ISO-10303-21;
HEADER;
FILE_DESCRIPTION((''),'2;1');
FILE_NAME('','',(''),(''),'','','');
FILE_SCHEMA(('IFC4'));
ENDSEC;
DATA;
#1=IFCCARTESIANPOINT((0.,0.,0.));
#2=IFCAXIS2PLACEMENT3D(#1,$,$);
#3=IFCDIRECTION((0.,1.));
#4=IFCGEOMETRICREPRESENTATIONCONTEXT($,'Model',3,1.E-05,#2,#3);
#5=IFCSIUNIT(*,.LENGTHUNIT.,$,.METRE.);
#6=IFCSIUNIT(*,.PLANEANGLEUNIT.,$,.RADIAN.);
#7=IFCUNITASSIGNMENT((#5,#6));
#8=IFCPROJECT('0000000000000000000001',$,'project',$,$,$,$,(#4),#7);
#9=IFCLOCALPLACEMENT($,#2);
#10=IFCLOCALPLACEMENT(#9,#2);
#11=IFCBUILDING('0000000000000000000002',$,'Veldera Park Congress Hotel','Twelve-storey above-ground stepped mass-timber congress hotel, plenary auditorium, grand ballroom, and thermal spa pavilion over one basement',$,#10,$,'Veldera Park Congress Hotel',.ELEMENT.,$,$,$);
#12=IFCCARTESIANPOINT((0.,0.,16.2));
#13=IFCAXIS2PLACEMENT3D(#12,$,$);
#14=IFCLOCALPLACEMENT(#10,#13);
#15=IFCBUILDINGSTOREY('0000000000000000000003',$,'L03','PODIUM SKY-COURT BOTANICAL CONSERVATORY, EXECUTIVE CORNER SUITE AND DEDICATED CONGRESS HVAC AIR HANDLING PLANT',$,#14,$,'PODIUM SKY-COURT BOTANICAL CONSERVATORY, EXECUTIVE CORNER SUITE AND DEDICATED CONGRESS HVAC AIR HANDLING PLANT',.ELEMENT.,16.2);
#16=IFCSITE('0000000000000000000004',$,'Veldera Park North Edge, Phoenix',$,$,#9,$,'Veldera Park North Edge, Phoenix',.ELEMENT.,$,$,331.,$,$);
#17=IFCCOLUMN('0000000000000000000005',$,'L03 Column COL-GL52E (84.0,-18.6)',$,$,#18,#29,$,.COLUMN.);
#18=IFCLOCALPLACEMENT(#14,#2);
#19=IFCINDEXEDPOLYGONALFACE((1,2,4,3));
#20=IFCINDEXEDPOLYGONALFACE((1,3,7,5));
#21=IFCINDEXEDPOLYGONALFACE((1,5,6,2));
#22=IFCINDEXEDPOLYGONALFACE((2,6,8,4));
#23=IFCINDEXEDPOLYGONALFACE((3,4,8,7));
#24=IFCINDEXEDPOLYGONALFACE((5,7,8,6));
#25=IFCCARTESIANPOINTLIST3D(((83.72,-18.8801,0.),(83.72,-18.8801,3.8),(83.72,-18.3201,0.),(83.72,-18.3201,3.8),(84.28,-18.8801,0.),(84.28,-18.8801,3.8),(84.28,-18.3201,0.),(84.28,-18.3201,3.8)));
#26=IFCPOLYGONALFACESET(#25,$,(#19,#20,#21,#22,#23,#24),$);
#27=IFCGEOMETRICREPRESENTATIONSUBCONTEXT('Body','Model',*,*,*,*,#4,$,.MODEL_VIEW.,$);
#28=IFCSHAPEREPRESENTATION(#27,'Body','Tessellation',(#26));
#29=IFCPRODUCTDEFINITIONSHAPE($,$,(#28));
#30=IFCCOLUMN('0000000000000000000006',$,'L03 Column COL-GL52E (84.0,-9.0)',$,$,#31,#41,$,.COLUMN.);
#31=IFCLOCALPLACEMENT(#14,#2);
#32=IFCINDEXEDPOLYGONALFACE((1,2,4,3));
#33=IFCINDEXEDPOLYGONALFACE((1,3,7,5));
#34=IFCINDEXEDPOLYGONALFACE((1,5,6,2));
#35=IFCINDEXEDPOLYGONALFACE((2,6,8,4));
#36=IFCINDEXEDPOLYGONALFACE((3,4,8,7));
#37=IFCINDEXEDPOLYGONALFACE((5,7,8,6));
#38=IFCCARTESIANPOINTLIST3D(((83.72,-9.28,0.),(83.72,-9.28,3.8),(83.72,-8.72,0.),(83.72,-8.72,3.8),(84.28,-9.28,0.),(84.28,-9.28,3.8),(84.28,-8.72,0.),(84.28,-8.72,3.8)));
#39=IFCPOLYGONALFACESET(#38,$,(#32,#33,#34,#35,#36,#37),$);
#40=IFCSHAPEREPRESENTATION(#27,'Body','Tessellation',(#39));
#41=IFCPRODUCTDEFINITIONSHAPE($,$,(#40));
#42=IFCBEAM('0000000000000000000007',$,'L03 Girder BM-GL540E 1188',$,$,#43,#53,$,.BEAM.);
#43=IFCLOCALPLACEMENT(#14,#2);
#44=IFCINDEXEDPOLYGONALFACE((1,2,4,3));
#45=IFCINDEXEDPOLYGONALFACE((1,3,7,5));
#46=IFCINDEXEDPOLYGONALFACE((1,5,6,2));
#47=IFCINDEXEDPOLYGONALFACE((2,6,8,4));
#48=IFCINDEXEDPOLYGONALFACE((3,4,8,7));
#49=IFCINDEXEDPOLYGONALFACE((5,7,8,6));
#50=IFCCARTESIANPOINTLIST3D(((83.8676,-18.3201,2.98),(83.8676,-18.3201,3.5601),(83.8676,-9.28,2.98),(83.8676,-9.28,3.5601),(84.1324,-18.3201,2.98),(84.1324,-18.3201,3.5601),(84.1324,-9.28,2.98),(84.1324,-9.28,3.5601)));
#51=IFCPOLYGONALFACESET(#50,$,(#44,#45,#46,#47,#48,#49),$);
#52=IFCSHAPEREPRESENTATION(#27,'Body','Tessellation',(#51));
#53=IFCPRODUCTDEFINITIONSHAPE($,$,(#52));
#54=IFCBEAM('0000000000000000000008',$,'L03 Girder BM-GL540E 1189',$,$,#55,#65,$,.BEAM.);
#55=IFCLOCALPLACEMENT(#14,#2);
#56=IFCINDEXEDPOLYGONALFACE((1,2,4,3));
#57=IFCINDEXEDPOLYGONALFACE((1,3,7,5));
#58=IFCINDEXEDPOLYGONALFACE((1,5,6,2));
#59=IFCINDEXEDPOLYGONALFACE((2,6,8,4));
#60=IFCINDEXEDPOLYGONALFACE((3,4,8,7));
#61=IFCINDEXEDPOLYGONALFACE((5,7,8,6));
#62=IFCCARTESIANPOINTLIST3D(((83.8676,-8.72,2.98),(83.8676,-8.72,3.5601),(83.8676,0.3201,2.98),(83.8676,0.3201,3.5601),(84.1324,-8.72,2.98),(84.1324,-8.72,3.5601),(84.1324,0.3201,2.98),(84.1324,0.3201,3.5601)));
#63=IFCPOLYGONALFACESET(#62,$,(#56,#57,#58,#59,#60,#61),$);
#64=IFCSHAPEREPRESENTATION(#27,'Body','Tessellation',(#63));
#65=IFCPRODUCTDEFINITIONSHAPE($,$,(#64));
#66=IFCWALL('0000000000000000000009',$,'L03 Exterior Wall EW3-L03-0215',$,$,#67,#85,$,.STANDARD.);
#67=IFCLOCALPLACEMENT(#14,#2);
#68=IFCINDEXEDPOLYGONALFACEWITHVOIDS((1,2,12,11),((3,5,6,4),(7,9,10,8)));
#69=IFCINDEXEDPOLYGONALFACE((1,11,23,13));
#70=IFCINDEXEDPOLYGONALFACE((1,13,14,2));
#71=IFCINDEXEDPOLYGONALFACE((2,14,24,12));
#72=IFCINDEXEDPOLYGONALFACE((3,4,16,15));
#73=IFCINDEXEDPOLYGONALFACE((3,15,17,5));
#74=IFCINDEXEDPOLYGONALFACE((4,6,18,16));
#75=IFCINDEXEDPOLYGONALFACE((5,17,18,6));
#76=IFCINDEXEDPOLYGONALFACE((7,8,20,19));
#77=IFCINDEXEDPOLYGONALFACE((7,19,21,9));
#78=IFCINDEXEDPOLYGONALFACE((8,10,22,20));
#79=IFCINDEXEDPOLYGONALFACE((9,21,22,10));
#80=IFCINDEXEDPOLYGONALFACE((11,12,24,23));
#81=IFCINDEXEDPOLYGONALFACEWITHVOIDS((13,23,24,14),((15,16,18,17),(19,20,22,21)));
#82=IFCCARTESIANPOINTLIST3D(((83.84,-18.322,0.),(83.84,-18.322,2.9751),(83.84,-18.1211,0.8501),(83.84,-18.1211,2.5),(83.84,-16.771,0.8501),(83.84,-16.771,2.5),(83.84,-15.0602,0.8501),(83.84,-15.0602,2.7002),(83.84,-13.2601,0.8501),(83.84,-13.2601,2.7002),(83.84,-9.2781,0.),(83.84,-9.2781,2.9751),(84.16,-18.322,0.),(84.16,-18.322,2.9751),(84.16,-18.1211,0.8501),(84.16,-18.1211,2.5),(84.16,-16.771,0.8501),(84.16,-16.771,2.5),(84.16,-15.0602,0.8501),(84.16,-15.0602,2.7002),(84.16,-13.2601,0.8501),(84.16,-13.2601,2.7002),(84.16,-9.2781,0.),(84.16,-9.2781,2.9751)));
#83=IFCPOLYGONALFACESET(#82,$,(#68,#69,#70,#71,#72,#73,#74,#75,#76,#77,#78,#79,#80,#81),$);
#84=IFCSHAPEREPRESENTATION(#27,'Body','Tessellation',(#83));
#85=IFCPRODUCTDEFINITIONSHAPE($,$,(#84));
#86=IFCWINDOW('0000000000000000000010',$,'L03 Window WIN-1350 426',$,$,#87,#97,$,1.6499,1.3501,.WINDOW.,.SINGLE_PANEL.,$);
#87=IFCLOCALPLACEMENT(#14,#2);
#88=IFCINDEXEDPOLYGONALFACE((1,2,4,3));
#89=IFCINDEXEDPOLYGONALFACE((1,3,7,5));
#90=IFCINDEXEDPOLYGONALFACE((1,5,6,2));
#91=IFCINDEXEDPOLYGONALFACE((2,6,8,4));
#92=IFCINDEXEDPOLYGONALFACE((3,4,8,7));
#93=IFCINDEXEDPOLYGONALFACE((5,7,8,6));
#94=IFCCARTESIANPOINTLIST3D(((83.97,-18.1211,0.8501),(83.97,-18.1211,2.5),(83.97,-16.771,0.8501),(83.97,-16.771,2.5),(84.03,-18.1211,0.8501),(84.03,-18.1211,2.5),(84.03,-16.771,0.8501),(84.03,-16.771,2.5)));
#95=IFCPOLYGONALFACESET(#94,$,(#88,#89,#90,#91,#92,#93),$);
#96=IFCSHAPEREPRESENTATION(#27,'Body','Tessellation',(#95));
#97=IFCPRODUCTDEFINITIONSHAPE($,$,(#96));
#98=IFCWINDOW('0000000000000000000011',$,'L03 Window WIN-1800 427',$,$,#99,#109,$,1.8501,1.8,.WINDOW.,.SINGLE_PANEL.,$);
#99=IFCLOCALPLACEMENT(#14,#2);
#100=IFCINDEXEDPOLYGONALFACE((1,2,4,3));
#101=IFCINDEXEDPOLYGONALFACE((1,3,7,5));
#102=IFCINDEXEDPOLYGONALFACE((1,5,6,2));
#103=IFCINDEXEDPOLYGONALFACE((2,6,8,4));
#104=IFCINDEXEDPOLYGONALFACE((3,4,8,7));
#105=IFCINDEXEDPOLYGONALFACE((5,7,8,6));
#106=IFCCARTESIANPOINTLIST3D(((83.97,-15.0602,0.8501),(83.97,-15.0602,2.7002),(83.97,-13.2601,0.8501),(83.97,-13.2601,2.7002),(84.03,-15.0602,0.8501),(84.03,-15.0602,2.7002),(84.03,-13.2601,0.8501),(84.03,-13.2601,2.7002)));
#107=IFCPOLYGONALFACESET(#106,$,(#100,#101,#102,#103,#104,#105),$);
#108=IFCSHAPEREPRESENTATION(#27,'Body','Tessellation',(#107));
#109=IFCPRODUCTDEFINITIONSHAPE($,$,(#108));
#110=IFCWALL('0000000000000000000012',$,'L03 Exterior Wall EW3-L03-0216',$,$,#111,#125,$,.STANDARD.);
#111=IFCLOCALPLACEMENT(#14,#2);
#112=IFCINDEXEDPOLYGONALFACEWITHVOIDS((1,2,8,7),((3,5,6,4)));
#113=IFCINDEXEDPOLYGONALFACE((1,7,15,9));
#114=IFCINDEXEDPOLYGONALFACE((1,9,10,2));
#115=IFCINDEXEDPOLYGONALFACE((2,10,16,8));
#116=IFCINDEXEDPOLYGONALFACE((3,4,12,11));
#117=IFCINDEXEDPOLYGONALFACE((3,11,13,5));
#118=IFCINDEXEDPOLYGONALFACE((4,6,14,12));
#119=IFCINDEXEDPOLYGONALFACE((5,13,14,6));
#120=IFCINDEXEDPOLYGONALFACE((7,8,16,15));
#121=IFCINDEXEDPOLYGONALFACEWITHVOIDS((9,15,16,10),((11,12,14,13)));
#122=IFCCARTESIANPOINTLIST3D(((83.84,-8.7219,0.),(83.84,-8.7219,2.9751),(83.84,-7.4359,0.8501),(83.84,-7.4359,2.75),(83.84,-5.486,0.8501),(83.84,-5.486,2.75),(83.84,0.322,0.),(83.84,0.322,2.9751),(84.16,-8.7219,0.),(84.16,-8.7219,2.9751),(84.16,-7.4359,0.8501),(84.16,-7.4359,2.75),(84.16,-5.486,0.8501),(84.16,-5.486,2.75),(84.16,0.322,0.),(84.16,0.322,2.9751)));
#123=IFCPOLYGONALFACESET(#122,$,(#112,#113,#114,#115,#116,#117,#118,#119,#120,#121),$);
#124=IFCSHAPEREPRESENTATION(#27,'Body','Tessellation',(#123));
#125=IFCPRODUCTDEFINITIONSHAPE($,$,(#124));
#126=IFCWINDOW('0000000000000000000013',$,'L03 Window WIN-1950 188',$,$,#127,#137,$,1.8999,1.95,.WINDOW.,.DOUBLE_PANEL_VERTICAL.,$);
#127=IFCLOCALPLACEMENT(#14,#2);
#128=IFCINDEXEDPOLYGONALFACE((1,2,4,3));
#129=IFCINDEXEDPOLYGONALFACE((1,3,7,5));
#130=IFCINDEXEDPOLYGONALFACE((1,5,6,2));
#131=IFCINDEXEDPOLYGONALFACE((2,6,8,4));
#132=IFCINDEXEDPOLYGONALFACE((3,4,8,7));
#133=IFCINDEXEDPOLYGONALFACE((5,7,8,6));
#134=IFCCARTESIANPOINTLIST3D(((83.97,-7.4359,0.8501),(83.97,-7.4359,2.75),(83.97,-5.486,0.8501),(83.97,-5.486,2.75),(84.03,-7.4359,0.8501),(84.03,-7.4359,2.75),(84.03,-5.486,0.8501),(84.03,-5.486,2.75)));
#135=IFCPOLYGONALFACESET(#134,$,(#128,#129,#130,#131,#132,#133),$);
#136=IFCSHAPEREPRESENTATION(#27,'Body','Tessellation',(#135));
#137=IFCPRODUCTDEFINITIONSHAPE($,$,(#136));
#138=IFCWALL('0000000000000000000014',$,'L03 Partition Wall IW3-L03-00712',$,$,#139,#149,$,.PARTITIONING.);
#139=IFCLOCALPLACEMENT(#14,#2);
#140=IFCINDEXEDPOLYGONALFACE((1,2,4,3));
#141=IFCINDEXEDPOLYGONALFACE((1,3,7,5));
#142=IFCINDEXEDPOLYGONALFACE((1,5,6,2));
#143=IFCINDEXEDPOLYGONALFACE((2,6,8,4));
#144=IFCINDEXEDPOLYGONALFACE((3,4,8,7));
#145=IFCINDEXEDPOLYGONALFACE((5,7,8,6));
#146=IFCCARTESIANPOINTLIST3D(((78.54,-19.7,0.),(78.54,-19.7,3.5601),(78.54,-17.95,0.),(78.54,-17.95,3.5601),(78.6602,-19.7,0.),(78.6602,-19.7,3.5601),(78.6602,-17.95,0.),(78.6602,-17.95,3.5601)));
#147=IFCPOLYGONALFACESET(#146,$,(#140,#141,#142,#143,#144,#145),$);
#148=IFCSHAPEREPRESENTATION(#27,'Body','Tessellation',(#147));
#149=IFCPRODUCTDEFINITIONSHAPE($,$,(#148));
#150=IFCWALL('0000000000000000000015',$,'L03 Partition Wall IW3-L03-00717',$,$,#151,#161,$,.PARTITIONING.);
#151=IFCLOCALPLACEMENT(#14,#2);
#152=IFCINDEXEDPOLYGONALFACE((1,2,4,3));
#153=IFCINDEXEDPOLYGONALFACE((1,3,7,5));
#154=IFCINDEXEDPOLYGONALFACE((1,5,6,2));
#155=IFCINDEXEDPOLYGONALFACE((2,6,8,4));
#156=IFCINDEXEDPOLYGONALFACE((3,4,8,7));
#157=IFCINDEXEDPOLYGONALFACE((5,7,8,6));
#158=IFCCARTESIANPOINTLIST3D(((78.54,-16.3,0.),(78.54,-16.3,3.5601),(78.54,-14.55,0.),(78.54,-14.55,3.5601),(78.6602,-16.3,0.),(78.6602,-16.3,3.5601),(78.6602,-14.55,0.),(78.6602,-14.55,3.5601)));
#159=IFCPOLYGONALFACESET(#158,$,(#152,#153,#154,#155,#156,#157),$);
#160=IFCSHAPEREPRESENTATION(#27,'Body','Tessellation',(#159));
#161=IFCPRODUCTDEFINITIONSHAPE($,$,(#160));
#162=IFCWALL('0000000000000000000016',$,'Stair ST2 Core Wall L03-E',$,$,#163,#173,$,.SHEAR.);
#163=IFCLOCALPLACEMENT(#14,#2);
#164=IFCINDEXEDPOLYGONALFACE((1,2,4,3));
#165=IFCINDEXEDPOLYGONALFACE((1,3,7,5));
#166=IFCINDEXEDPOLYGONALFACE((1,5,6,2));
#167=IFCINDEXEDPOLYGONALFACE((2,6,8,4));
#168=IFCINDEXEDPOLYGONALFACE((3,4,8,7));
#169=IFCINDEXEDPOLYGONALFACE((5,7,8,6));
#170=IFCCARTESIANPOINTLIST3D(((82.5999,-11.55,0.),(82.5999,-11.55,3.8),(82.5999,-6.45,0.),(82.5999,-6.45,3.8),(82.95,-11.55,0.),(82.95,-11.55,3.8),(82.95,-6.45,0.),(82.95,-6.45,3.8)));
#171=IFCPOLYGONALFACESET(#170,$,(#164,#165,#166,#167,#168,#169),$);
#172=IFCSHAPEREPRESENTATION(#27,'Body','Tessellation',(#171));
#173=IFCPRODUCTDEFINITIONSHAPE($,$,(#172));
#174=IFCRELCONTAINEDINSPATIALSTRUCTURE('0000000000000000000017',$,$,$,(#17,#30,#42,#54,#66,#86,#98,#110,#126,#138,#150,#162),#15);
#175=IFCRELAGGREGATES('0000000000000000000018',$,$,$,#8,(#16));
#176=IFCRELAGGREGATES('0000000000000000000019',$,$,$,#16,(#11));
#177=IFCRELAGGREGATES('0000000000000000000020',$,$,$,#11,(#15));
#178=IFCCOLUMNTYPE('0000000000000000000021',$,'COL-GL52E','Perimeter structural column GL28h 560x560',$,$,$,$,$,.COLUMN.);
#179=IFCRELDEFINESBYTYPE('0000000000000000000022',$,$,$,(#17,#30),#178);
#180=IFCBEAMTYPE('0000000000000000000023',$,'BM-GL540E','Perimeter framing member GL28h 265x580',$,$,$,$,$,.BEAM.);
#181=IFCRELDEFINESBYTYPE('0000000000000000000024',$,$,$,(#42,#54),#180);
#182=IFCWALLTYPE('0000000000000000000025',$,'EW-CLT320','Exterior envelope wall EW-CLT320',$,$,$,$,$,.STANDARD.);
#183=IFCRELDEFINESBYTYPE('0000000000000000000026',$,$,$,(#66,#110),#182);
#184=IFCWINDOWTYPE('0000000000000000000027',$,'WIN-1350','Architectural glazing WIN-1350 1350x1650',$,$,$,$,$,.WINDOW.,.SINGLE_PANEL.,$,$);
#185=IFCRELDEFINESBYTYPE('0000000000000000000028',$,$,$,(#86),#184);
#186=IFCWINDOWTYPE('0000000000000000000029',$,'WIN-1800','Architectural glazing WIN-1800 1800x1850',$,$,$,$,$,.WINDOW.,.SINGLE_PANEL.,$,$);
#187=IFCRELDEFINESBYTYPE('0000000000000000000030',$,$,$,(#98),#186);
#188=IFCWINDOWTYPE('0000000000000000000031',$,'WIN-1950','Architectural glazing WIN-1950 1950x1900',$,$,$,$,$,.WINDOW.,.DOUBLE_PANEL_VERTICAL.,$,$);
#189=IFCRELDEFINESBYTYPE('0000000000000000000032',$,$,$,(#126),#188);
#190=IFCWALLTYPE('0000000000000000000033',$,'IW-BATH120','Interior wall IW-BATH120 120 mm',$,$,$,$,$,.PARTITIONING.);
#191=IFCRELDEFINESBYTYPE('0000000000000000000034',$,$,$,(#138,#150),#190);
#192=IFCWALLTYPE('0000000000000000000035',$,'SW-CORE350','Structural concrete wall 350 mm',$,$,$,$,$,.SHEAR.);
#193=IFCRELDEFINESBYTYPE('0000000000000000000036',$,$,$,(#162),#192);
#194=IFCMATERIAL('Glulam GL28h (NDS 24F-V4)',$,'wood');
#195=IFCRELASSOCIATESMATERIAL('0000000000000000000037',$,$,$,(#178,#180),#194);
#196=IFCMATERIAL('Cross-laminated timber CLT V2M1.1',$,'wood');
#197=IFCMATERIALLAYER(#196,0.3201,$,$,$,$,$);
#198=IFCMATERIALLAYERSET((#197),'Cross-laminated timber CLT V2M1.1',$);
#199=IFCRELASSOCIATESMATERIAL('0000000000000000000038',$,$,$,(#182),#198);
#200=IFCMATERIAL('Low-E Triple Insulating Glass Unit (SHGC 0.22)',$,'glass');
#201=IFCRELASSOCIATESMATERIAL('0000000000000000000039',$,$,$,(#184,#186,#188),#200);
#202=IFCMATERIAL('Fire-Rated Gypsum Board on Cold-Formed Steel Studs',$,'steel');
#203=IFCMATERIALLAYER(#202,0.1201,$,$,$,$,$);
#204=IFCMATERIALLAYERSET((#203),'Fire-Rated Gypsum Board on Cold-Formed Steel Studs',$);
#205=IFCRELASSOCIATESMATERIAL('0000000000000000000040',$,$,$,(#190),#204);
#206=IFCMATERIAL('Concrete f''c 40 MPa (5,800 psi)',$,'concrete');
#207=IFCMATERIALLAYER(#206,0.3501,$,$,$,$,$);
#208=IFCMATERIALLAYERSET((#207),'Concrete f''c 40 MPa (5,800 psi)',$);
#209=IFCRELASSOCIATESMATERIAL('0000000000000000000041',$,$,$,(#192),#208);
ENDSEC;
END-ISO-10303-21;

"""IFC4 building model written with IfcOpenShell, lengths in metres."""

from ifc_helpers import new_model, si_unit, direction, frame, frame_2d, origin, origin_2d, place, context, subcontext, project, spatial, rectangle, extrude, material, layer, layer_set, material_profile, profile_set, type_object, element, fill, save


model = new_model("IFC4")

# Units and contexts
model_context = context("Model", 3, precision=1e-05, world=origin(), true_north=direction((0.0, 1.0)))
body_context = subcontext(model_context, "Body", "Model", "MODEL_VIEW")
ifc_project = project(units=[si_unit("LENGTHUNIT", "METRE"), si_unit("PLANEANGLEUNIT", "RADIAN")], contexts=[model_context])

# Site, building, storey
site_placement = place(None, origin())
site = spatial("IfcSite", under=ifc_project, at=site_placement, Name="Veldera Park North Edge, Phoenix", LongName="Veldera Park North Edge, Phoenix", CompositionType="ELEMENT", RefElevation=331.0)
building_placement = place(site_placement, origin())
building = spatial("IfcBuilding", under=site, at=building_placement, Name="Veldera Park Congress Hotel", Description="Twelve-storey above-ground stepped mass-timber congress hotel, plenary auditorium, grand ballroom, and thermal spa pavilion over one basement", LongName="Veldera Park Congress Hotel", CompositionType="ELEMENT")
storey_placement = place(building_placement, frame((0.0, 0.0, 16.2)))
storey = spatial("IfcBuildingStorey", under=building, at=storey_placement, Name="L03", Description="PODIUM SKY-COURT BOTANICAL CONSERVATORY, EXECUTIVE CORNER SUITE AND DEDICATED CONGRESS HVAC AIR HANDLING PLANT", LongName="PODIUM SKY-COURT BOTANICAL CONSERVATORY, EXECUTIVE CORNER SUITE AND DEDICATED CONGRESS HVAC AIR HANDLING PLANT", CompositionType="ELEMENT", Elevation=16.2)

# Columns
ifc_material_1 = material(Name="Glulam GL28h (NDS 24F-V4)", Category="wood")
ifc_material_profile_1 = material_profile(ifc_material_1, rectangle(XDim=0.5601, YDim=0.5601, at=origin_2d()), Name="GL28h 560x560")
ifc_profile_set_1 = profile_set([ifc_material_profile_1], Name="Glulam GL28h (NDS 24F-V4)")
column_type = type_object("IfcColumnType", Name="COL-GL52E", Description="Perimeter structural column GL28h 560x560", PredefinedType="COLUMN", material=ifc_profile_set_1)
for number, where, z_axis, x_axis, name in (
    (1, (84.0, -18.6001, 0.0), (0.0, 0.0, 1.0), (1.0, 0.0, 0.0), "L03 Column COL-GL52E (84.0,-18.6)"),
    (2, (84.0, -9.0, 0.0), (0.0, 0.0, 1.0), (1.0, 0.0, 0.0), "L03 Column COL-GL52E (84.0,-9.0)"),
):
    element("IfcColumn", number, at=place(storey_placement, frame(where, z_axis=z_axis, x_axis=x_axis)), inside=storey, type_object=column_type, Name=name, PredefinedType="COLUMN", context=body_context, shape_type="SweptSolid", body=[
        extrude(rectangle(XDim=0.5601, YDim=0.5601, at=origin_2d()), origin(), (0.0, 0.0, 1.0), 3.8),
    ])

# Beams
ifc_material_profile_2 = material_profile(ifc_material_1, rectangle(XDim=0.2649, YDim=0.5801, at=origin_2d()), Name="GL28h 265x580")
ifc_profile_set_2 = profile_set([ifc_material_profile_2], Name="Glulam GL28h (NDS 24F-V4)")
beam_type = type_object("IfcBeamType", Name="BM-GL540E", Description="Perimeter framing member GL28h 265x580", PredefinedType="BEAM", material=ifc_profile_set_2)
for number, where, z_axis, x_axis, name in (
    (3, (84.0, -18.3201, 3.27), (0.0, 1.0, 0.0), (-1.0, 0.0, 0.0), "L03 Girder BM-GL540E 1188"),
    (4, (84.0, -8.72, 3.27), (0.0, 1.0, 0.0), (-1.0, 0.0, 0.0), "L03 Girder BM-GL540E 1189"),
):
    element("IfcBeam", number, at=place(storey_placement, frame(where, z_axis=z_axis, x_axis=x_axis)), inside=storey, type_object=beam_type, Name=name, PredefinedType="BEAM", context=body_context, shape_type="SweptSolid", body=[
        extrude(rectangle(XDim=0.2649, YDim=0.5801, at=origin_2d()), origin(), (0.0, 0.0, 1.0), 9.04),
    ])

# Wall, openings, windows
ifc_material_2 = material(Name="Cross-laminated timber CLT V2M1.1", Category="wood")
ifc_layer_1 = layer(ifc_material_2, 0.3201)
ifc_layer_set_1 = layer_set([ifc_layer_1], Name="Cross-laminated timber CLT V2M1.1")
wall_type_1 = type_object("IfcWallType", Name="EW-CLT320", Description="Exterior envelope wall EW-CLT320", PredefinedType="STANDARD", material=ifc_layer_set_1)
wall_1_placement = place(storey_placement, frame((84.0, -18.322, 0.0), z_axis=(0.0, 0.0, 1.0), x_axis=(0.0, 1.0, 0.0)))
wall_1 = element("IfcWall", 5, at=wall_1_placement, inside=storey, type_object=wall_type_1, Name="L03 Exterior Wall EW3-L03-0215", PredefinedType="STANDARD", context=body_context, shape_type="SweptSolid", body=[
    extrude(rectangle(XDim=9.0439, YDim=0.3201, at=frame_2d((4.522, 0.0))), origin(), (0.0, 0.0, 1.0), 2.9751),
])
opening_1_placement = place(wall_1_placement, frame((0.2009, 0.0, 0.8501)))
opening_1 = element("IfcOpeningElement", 6, at=opening_1_placement, cuts=wall_1, PredefinedType="OPENING", context=body_context, shape_type="SweptSolid", body=[
    extrude(rectangle(XDim=1.3501, YDim=1.6499, at=frame_2d((0.675, 0.825))), frame((0.0, 0.1721, 0.0), z_axis=(0.0, -1.0, 0.0), x_axis=(1.0, 0.0, 0.0)), (0.0, 0.0, 1.0), 0.344),
])
opening_2_placement = place(wall_1_placement, frame((3.262, 0.0, 0.8501)))
opening_2 = element("IfcOpeningElement", 7, at=opening_2_placement, cuts=wall_1, PredefinedType="OPENING", context=body_context, shape_type="SweptSolid", body=[
    extrude(rectangle(XDim=1.8, YDim=1.8501, at=frame_2d((0.8999, 0.925))), frame((0.0, 0.1721, 0.0), z_axis=(0.0, -1.0, 0.0), x_axis=(1.0, 0.0, 0.0)), (0.0, 0.0, 1.0), 0.344),
])
ifc_material_3 = material(Name="Low-E Triple Insulating Glass Unit (SHGC 0.22)", Category="glass")
window_type_1 = type_object("IfcWindowType", Name="WIN-1350", Description="Architectural glazing WIN-1350 1350x1650", PartitioningType="SINGLE_PANEL", PredefinedType="WINDOW", material=ifc_material_3)
window_1_placement = place(opening_1_placement, origin())
window_1 = element("IfcWindow", 8, at=window_1_placement, inside=storey, type_object=window_type_1, Name="L03 Window WIN-1350 426", OverallHeight=1.6499, OverallWidth=1.3501, PartitioningType="SINGLE_PANEL", PredefinedType="WINDOW", context=body_context, shape_type="SweptSolid", body=[
    extrude(rectangle(XDim=1.3501, YDim=1.6499, at=frame_2d((0.675, 0.825))), frame((0.0, 0.03, 0.0), z_axis=(0.0, -1.0, 0.0), x_axis=(1.0, 0.0, 0.0)), (0.0, 0.0, 1.0), 0.0601),
])
fill(opening_1, window_1)
window_type_2 = type_object("IfcWindowType", Name="WIN-1800", Description="Architectural glazing WIN-1800 1800x1850", PartitioningType="SINGLE_PANEL", PredefinedType="WINDOW", material=ifc_material_3)
window_2_placement = place(opening_2_placement, origin())
window_2 = element("IfcWindow", 9, at=window_2_placement, inside=storey, type_object=window_type_2, Name="L03 Window WIN-1800 427", OverallHeight=1.8501, OverallWidth=1.8, PartitioningType="SINGLE_PANEL", PredefinedType="WINDOW", context=body_context, shape_type="SweptSolid", body=[
    extrude(rectangle(XDim=1.8, YDim=1.8501, at=frame_2d((0.8999, 0.925))), frame((0.0, 0.03, 0.0), z_axis=(0.0, -1.0, 0.0), x_axis=(1.0, 0.0, 0.0)), (0.0, 0.0, 1.0), 0.0601),
])
fill(opening_2, window_2)

# Wall, opening, window
wall_2_placement = place(storey_placement, frame((84.0, -8.7219, 0.0), z_axis=(0.0, 0.0, 1.0), x_axis=(0.0, 1.0, 0.0)))
wall_2 = element("IfcWall", 10, at=wall_2_placement, inside=storey, type_object=wall_type_1, Name="L03 Exterior Wall EW3-L03-0216", PredefinedType="STANDARD", context=body_context, shape_type="SweptSolid", body=[
    extrude(rectangle(XDim=9.0439, YDim=0.3201, at=frame_2d((4.522, 0.0))), origin(), (0.0, 0.0, 1.0), 2.9751),
])
opening_3_placement = place(wall_2_placement, frame((1.2859, 0.0, 0.8501)))
opening_3 = element("IfcOpeningElement", 11, at=opening_3_placement, cuts=wall_2, PredefinedType="OPENING", context=body_context, shape_type="SweptSolid", body=[
    extrude(rectangle(XDim=1.95, YDim=1.8999, at=frame_2d((0.9751, 0.95))), frame((0.0, 0.1721, 0.0), z_axis=(0.0, -1.0, 0.0), x_axis=(1.0, 0.0, 0.0)), (0.0, 0.0, 1.0), 0.344),
])
window_type_3 = type_object("IfcWindowType", Name="WIN-1950", Description="Architectural glazing WIN-1950 1950x1900", PartitioningType="DOUBLE_PANEL_VERTICAL", PredefinedType="WINDOW", material=ifc_material_3)
window_3_placement = place(opening_3_placement, origin())
window_3 = element("IfcWindow", 12, at=window_3_placement, inside=storey, type_object=window_type_3, Name="L03 Window WIN-1950 188", OverallHeight=1.8999, OverallWidth=1.95, PartitioningType="DOUBLE_PANEL_VERTICAL", PredefinedType="WINDOW", context=body_context, shape_type="SweptSolid", body=[
    extrude(rectangle(XDim=1.95, YDim=1.8999, at=frame_2d((0.9751, 0.95))), frame((0.0, 0.03, 0.0), z_axis=(0.0, -1.0, 0.0), x_axis=(1.0, 0.0, 0.0)), (0.0, 0.0, 1.0), 0.0601),
])
fill(opening_3, window_3)

# Walls
ifc_material_4 = material(Name="Fire-Rated Gypsum Board on Cold-Formed Steel Studs", Category="steel")
ifc_layer_2 = layer(ifc_material_4, 0.1201)
ifc_layer_set_2 = layer_set([ifc_layer_2], Name="Fire-Rated Gypsum Board on Cold-Formed Steel Studs")
wall_type_2 = type_object("IfcWallType", Name="IW-BATH120", Description="Interior wall IW-BATH120 120 mm", PredefinedType="PARTITIONING", material=ifc_layer_set_2)
for number, where, z_axis, x_axis, name in (
    (13, (78.6001, -19.7, 0.0), (0.0, 0.0, 1.0), (0.0, 1.0, 0.0), "L03 Partition Wall IW3-L03-00712"),
    (14, (78.6001, -16.3, 0.0), (0.0, 0.0, 1.0), (0.0, 1.0, 0.0), "L03 Partition Wall IW3-L03-00717"),
):
    element("IfcWall", number, at=place(storey_placement, frame(where, z_axis=z_axis, x_axis=x_axis)), inside=storey, type_object=wall_type_2, Name=name, PredefinedType="PARTITIONING", context=body_context, shape_type="SweptSolid", body=[
        extrude(rectangle(XDim=1.75, YDim=0.1201, at=frame_2d((0.875, 0.0))), origin(), (0.0, 0.0, 1.0), 3.5601),
    ])
ifc_material_5 = material(Name="Concrete f'c 40 MPa (5,800 psi)", Category="concrete")
ifc_layer_3 = layer(ifc_material_5, 0.3501)
ifc_layer_set_3 = layer_set([ifc_layer_3], Name="Concrete f'c 40 MPa (5,800 psi)")
wall_type_3 = type_object("IfcWallType", Name="SW-CORE350", Description="Structural concrete wall 350 mm", PredefinedType="SHEAR", material=ifc_layer_set_3)
wall_3_placement = place(storey_placement, frame((82.7749, -11.55, 0.0), z_axis=(0.0, 0.0, 1.0), x_axis=(0.0, 1.0, 0.0)))
element("IfcWall", 15, at=wall_3_placement, inside=storey, type_object=wall_type_3, Name="Stair ST2 Core Wall L03-E", PredefinedType="SHEAR", context=body_context, shape_type="SweptSolid", body=[
    extrude(rectangle(XDim=5.1001, YDim=0.3501, at=frame_2d((2.55, 0.0))), origin(), (0.0, 0.0, 1.0), 3.8),
])

save(model, "model.ifc")
